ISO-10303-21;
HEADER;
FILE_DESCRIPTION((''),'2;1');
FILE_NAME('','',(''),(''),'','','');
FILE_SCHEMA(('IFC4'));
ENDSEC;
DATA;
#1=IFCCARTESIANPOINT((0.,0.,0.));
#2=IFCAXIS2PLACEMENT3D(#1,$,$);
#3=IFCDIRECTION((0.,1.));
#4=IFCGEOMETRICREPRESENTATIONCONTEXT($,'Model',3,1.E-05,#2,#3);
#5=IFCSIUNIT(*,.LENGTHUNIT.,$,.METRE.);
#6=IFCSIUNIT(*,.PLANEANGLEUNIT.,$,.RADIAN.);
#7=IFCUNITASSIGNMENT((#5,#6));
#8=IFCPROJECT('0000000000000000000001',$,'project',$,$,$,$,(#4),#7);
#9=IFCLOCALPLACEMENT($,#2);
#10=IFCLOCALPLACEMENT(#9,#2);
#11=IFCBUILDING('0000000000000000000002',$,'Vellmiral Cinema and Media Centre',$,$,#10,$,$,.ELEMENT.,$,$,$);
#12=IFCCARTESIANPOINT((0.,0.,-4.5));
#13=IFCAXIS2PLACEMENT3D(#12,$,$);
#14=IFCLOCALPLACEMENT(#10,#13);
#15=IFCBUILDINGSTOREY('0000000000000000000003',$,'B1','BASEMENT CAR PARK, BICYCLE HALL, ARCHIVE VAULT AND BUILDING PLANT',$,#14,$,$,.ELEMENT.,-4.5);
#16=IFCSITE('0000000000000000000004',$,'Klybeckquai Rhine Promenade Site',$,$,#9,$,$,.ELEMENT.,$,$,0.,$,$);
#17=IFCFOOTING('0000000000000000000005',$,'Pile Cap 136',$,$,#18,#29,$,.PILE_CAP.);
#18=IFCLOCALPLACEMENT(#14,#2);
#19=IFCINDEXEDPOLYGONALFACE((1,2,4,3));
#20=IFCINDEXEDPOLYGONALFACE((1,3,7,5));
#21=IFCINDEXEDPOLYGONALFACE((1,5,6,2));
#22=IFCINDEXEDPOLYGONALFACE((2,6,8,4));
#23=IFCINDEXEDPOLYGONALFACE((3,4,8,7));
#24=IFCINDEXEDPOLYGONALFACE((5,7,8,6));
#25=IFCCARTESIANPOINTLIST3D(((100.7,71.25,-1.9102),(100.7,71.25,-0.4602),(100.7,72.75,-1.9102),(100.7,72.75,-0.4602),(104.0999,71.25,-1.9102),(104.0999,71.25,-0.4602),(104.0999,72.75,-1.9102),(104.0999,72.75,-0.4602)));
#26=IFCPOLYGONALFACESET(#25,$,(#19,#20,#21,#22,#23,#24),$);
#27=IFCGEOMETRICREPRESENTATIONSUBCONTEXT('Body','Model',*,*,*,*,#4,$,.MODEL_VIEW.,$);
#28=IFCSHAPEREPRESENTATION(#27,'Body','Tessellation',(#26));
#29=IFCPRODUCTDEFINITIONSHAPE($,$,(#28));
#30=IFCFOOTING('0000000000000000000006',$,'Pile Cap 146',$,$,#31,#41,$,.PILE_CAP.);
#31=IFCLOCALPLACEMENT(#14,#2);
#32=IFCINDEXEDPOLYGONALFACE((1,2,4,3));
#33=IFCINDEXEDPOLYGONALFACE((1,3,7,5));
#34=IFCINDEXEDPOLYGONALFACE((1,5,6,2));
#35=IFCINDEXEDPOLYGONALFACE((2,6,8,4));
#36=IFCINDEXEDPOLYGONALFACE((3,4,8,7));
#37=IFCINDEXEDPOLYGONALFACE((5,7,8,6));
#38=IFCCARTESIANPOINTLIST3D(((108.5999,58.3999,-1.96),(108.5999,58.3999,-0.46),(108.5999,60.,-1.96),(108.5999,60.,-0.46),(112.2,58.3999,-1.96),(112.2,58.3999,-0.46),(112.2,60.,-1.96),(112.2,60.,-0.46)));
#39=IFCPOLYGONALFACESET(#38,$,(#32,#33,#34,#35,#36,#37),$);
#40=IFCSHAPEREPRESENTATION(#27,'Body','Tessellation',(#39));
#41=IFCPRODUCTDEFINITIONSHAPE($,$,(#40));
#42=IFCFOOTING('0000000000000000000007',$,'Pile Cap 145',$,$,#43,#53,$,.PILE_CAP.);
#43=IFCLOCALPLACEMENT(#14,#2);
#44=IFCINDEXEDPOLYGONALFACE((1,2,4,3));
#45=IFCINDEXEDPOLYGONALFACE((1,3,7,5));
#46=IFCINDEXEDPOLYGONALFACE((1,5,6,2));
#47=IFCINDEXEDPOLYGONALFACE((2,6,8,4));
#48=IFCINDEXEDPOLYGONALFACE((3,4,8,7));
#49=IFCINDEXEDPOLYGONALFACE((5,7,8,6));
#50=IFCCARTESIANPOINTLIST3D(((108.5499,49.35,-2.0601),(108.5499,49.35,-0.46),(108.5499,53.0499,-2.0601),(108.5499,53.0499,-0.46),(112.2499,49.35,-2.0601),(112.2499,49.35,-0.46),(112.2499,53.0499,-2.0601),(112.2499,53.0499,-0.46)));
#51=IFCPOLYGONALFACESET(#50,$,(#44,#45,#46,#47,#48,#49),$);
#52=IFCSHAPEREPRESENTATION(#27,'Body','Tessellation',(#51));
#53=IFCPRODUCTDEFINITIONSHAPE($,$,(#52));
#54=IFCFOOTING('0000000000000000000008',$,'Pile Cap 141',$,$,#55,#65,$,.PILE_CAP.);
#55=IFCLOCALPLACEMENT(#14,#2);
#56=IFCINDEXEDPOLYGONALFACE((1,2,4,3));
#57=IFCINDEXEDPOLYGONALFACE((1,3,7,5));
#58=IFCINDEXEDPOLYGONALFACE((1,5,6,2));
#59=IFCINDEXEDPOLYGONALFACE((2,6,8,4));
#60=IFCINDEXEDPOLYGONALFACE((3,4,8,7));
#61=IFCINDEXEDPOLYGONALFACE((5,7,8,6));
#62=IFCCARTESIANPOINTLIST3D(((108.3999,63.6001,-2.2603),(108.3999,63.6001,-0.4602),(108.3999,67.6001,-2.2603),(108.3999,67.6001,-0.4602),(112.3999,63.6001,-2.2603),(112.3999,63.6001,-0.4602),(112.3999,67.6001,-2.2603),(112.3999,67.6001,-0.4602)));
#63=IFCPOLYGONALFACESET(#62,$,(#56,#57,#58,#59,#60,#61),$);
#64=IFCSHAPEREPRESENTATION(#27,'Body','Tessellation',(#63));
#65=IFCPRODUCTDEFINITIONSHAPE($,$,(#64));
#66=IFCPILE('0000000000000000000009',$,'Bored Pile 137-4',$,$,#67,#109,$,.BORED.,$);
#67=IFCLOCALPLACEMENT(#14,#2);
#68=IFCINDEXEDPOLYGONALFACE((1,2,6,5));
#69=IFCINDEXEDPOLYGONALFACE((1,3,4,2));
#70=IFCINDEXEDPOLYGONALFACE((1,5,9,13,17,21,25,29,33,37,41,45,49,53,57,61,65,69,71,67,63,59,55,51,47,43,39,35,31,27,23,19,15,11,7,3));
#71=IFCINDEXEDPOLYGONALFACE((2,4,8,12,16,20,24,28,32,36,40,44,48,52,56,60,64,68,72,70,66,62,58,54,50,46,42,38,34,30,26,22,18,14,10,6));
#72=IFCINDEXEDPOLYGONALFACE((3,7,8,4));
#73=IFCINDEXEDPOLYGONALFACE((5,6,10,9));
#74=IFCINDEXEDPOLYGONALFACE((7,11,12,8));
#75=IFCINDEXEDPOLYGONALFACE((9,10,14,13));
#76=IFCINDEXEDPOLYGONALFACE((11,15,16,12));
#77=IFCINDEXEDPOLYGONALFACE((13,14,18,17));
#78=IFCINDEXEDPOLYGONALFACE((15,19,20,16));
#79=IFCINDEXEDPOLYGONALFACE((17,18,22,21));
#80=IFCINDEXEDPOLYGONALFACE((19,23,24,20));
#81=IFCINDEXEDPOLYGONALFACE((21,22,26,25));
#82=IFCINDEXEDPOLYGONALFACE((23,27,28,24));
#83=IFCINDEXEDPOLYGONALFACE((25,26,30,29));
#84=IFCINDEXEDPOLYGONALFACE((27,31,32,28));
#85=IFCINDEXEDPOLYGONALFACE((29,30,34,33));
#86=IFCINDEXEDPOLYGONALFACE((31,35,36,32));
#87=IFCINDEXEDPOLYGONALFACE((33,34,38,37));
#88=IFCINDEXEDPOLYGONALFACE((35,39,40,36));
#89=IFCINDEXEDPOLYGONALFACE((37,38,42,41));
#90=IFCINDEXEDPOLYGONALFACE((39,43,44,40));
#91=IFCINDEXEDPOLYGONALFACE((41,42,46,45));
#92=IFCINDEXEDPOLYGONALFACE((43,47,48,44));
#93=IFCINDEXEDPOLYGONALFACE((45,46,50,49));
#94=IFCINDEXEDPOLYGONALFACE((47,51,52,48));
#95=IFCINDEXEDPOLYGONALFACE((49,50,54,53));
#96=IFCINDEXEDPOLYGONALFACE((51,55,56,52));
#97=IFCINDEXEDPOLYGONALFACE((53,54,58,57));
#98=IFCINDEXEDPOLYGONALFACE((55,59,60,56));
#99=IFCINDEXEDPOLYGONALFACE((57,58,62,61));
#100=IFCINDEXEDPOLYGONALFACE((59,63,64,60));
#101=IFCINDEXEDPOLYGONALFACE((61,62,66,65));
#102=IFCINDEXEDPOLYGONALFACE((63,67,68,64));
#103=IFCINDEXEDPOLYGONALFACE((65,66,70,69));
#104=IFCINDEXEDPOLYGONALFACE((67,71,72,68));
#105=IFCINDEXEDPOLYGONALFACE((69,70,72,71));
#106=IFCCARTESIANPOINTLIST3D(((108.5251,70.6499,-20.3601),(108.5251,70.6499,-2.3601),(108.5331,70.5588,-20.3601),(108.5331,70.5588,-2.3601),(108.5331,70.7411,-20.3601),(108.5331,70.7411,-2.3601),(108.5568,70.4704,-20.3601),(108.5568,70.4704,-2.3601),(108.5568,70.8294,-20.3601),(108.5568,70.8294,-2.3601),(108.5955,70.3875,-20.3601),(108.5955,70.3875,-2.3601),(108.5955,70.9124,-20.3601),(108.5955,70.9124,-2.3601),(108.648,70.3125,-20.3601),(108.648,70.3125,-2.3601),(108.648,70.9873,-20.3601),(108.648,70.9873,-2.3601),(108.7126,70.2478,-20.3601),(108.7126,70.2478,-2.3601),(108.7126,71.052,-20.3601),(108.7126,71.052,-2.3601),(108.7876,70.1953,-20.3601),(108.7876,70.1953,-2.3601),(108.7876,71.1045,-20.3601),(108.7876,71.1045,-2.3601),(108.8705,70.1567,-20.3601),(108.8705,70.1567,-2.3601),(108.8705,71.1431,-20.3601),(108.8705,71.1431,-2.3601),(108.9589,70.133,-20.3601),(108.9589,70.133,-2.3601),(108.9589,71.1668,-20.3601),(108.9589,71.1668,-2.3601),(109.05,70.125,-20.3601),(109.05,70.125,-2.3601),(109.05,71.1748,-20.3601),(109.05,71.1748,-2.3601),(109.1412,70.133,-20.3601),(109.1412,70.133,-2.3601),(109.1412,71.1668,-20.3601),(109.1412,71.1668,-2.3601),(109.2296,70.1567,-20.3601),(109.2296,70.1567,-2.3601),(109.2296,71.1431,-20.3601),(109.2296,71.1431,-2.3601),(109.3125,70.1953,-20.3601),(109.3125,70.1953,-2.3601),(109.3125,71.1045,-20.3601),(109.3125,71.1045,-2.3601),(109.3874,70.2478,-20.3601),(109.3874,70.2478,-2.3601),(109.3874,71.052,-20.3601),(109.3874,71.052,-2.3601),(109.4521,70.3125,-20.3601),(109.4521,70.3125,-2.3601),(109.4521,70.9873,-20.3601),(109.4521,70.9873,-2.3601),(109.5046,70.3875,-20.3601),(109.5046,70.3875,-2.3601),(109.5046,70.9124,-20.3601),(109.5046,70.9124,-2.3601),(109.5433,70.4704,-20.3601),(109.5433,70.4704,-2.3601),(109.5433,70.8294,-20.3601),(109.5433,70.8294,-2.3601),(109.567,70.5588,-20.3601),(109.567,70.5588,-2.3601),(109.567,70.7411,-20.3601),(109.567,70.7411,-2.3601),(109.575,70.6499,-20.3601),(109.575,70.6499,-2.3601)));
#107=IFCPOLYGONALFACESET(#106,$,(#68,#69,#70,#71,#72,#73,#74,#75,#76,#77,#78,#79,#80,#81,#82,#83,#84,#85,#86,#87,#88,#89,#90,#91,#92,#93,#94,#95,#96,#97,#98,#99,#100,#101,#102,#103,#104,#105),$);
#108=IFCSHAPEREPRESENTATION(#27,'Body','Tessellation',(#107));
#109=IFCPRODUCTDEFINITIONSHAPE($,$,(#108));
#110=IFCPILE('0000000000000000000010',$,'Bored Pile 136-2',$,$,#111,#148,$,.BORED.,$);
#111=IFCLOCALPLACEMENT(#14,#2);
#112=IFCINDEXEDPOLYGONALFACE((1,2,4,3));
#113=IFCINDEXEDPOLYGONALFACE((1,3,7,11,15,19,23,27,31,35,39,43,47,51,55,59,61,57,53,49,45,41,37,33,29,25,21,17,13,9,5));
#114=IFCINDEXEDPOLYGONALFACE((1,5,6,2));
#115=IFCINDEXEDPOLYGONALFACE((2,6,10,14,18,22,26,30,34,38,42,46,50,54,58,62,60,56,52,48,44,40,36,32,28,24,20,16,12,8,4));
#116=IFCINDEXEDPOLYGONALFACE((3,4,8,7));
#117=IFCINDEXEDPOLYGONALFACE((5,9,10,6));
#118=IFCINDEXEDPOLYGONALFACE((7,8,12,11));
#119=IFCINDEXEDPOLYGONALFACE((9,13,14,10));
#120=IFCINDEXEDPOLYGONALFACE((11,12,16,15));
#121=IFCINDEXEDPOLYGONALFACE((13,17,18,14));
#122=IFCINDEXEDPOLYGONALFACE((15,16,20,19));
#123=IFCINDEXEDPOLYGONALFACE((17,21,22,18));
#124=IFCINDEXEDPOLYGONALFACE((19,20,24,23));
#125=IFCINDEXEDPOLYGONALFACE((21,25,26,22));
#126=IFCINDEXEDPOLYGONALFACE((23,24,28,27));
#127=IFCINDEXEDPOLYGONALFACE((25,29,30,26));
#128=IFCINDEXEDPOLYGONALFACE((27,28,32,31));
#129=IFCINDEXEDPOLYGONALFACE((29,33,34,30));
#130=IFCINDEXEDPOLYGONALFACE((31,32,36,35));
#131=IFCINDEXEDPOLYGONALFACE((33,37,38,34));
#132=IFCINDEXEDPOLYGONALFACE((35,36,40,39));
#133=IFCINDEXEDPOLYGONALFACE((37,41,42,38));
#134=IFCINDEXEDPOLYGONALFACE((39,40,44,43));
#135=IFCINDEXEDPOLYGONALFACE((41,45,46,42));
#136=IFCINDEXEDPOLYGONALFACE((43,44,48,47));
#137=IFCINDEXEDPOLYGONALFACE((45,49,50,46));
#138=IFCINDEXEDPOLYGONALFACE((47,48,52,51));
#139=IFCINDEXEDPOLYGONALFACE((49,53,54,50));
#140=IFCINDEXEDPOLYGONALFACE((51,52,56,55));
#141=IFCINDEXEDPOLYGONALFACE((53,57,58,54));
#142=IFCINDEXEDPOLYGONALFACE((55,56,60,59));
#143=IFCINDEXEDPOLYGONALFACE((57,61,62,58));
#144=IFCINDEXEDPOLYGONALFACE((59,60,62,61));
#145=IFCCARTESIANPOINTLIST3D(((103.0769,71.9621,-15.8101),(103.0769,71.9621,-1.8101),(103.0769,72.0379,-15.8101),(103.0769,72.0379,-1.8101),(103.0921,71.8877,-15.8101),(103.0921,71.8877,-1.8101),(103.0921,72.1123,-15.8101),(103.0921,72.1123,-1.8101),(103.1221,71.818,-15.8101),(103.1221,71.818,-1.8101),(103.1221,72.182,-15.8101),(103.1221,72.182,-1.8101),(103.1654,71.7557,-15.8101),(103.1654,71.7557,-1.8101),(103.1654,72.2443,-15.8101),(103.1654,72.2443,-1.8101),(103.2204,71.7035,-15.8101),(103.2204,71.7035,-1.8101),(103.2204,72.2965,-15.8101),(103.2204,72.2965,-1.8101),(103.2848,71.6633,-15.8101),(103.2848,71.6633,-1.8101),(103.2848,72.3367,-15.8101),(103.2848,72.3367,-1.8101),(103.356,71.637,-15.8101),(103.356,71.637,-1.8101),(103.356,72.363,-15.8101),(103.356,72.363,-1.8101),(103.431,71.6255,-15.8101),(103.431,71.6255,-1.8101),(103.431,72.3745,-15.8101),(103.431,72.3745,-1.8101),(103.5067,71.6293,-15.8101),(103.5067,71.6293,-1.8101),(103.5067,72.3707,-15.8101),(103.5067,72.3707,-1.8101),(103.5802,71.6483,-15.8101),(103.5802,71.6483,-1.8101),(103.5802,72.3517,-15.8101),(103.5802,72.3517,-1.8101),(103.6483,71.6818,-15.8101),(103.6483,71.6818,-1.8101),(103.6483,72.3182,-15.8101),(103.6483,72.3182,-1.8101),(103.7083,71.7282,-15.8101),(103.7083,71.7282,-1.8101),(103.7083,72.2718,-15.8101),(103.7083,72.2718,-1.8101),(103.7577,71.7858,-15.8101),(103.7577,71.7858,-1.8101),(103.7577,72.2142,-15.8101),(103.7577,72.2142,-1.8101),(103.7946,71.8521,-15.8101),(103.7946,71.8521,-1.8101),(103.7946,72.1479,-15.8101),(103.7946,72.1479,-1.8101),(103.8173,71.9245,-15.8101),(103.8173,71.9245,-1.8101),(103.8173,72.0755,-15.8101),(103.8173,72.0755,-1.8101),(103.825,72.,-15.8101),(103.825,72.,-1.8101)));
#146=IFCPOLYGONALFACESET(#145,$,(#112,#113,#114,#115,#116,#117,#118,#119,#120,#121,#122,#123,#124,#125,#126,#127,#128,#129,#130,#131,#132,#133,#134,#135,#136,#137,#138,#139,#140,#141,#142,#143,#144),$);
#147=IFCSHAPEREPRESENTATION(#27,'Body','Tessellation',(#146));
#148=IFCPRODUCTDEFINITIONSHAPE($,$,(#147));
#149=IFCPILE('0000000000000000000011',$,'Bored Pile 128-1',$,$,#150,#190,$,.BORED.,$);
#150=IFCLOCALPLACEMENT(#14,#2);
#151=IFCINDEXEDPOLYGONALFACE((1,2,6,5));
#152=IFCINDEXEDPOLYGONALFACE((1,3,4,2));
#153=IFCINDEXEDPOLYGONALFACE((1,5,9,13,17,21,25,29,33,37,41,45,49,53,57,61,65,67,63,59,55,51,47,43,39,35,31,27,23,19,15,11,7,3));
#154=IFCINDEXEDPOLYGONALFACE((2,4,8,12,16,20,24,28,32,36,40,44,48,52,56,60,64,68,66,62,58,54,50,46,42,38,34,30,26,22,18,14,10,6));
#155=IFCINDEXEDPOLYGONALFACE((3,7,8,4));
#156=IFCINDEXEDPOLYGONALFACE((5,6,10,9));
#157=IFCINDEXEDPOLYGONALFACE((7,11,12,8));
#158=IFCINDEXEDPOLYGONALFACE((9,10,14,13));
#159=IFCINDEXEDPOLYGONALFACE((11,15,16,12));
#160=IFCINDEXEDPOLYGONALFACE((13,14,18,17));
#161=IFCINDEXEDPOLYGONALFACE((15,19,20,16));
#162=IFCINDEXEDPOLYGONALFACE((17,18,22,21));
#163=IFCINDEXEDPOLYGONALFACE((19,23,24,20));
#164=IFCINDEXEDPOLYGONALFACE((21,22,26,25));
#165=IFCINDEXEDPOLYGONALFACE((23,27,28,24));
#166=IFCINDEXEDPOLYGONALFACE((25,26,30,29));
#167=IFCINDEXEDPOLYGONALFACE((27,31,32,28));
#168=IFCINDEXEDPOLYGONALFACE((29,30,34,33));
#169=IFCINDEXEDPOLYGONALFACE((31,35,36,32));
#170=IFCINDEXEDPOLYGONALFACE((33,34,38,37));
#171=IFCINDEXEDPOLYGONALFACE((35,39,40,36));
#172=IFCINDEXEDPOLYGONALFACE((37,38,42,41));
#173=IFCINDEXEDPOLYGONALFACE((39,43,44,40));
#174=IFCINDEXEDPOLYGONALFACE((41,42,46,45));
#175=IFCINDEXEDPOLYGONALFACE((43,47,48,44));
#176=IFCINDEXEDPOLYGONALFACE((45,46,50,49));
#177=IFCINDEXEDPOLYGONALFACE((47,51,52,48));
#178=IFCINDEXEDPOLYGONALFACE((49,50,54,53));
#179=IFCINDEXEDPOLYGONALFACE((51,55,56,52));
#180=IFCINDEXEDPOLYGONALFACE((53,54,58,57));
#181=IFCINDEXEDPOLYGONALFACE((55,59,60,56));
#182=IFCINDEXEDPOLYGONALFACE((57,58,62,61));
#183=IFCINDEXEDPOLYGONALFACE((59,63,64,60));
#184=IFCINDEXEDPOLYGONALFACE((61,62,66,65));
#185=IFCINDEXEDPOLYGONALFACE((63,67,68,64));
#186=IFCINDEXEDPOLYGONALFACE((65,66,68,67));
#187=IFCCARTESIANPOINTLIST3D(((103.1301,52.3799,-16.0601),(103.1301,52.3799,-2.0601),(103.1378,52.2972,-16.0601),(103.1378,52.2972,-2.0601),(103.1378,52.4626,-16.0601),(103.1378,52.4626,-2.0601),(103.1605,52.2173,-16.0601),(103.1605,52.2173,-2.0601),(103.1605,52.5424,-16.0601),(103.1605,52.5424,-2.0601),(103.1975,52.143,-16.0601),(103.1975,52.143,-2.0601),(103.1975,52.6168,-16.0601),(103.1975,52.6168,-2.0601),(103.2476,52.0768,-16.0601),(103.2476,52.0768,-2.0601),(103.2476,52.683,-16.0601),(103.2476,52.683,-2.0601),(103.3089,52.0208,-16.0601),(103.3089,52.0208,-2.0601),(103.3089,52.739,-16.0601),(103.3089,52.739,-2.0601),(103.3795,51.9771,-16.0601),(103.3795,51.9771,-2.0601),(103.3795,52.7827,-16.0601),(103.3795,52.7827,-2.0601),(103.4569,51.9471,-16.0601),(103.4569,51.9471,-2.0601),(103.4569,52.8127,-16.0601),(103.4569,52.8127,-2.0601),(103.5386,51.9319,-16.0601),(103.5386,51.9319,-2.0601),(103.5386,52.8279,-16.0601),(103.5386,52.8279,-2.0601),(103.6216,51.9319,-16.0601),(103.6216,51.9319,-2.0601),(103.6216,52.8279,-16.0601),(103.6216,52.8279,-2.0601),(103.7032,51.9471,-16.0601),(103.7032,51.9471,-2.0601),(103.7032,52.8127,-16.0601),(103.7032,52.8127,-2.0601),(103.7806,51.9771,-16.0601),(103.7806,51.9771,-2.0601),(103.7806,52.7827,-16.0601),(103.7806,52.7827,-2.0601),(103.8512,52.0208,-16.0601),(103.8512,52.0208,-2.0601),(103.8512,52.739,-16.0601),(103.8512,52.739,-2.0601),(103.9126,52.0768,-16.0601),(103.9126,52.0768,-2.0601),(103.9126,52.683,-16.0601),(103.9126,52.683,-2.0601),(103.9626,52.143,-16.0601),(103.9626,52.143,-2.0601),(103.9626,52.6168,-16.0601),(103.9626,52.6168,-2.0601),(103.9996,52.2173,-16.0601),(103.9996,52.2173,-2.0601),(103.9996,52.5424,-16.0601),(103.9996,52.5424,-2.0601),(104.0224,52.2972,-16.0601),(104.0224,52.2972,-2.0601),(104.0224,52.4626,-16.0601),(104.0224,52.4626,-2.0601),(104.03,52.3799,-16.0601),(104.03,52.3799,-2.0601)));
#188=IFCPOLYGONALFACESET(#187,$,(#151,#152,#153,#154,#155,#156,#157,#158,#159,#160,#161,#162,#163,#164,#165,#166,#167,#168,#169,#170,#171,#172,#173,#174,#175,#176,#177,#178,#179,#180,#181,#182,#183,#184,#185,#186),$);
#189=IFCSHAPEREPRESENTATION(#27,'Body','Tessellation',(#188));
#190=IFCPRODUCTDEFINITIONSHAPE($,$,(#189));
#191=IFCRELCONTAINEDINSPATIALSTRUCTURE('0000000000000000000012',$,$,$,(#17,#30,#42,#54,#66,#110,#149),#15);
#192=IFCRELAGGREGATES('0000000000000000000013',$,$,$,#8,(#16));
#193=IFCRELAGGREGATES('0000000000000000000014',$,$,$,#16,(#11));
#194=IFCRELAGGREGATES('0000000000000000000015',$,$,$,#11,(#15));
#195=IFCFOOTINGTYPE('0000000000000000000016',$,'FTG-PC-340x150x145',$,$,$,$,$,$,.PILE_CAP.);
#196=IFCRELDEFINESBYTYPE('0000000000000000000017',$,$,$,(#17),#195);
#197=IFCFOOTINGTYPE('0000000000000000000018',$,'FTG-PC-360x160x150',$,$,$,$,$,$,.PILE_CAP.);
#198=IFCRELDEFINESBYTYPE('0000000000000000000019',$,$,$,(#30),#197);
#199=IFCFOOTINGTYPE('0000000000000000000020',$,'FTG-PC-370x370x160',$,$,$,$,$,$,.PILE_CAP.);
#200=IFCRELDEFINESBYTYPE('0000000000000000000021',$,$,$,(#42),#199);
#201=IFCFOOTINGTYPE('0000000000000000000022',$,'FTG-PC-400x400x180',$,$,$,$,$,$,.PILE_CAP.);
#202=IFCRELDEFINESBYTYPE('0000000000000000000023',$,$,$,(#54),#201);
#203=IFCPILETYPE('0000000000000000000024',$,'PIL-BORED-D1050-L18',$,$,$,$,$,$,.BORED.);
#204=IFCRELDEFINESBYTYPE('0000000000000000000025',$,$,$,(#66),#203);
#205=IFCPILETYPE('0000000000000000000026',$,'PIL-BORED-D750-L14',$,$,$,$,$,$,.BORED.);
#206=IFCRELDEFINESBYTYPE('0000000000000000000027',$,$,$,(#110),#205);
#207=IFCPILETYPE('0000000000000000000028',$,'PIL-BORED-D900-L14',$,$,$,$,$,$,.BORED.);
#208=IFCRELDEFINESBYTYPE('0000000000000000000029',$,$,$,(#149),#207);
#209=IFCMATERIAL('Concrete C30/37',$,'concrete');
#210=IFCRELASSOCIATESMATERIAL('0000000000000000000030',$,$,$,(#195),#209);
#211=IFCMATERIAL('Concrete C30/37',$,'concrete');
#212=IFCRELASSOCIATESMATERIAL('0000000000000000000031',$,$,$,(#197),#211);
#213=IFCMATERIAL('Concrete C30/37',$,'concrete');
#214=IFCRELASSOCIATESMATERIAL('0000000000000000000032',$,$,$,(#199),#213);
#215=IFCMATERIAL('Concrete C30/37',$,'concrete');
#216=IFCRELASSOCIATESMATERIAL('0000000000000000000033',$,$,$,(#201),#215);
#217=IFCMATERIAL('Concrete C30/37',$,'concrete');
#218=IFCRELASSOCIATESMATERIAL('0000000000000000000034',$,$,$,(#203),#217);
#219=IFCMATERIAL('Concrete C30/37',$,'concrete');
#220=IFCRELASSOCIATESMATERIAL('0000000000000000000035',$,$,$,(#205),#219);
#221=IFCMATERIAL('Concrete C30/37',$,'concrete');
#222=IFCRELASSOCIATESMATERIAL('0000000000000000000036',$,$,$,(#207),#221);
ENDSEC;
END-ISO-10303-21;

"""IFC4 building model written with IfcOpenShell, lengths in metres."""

from ifc_helpers import new_model, si_unit, direction, frame, origin, origin_2d, place, context, subcontext, project, spatial, rectangle, circle, extrude, material, material_profile, profile_set, type_object, element, save


model = new_model("IFC4")

# Units and contexts
model_context = context("Model", 3, precision=1e-05, world=origin(), true_north=direction((0.0, 1.0)))
body_context = subcontext(model_context, "Body", "Model", "MODEL_VIEW")
ifc_project = project(units=[si_unit("LENGTHUNIT", "METRE"), si_unit("PLANEANGLEUNIT", "RADIAN")], contexts=[model_context])

# Site, building, storey
site_placement = place(None, origin())
site = spatial("IfcSite", under=ifc_project, at=site_placement, Name="Klybeckquai Rhine Promenade Site", CompositionType="ELEMENT", RefElevation=0.0)
building_placement = place(site_placement, origin())
building = spatial("IfcBuilding", under=site, at=building_placement, Name="Vellmiral Cinema and Media Centre", CompositionType="ELEMENT")
storey_placement = place(building_placement, frame((0.0, 0.0, -4.5)))
storey = spatial("IfcBuildingStorey", under=building, at=storey_placement, Name="B1", Description="BASEMENT CAR PARK, BICYCLE HALL, ARCHIVE VAULT AND BUILDING PLANT", CompositionType="ELEMENT", Elevation=-4.5)

# Footings
ifc_material_1 = material(Name="Concrete C30/37", Category="concrete")
footing_type_1 = type_object("IfcFootingType", Name="FTG-PC-340x150x145", PredefinedType="PILE_CAP", material=ifc_material_1)
footing_1_placement = place(storey_placement, frame((102.3999, 72.0, -1.9102), z_axis=(0.0, 0.0, 1.0), x_axis=(1.0, 0.0, 0.0)))
element("IfcFooting", 1, at=footing_1_placement, inside=storey, type_object=footing_type_1, Name="Pile Cap 136", PredefinedType="PILE_CAP", context=body_context, shape_type="SweptSolid", body=[
    extrude(rectangle(XDim=3.3999, YDim=1.5, at=origin_2d()), origin(), (0.0, 0.0, 1.0), 1.45),
])
ifc_material_2 = material(Name="Concrete C30/37", Category="concrete")
footing_type_2 = type_object("IfcFootingType", Name="FTG-PC-360x160x150", PredefinedType="PILE_CAP", material=ifc_material_2)
footing_2_placement = place(storey_placement, frame((110.3999, 59.2, -1.96), z_axis=(0.0, 0.0, 1.0), x_axis=(1.0, 0.0, 0.0)))
element("IfcFooting", 2, at=footing_2_placement, inside=storey, type_object=footing_type_2, Name="Pile Cap 146", PredefinedType="PILE_CAP", context=body_context, shape_type="SweptSolid", body=[
    extrude(rectangle(XDim=3.6001, YDim=1.6001, at=origin_2d()), origin(), (0.0, 0.0, 1.0), 1.5),
])
ifc_material_3 = material(Name="Concrete C30/37", Category="concrete")
footing_type_3 = type_object("IfcFootingType", Name="FTG-PC-370x370x160", PredefinedType="PILE_CAP", material=ifc_material_3)
footing_3_placement = place(storey_placement, frame((110.3999, 51.2, -2.0601), z_axis=(0.0, 0.0, 1.0), x_axis=(1.0, 0.0, 0.0)))
element("IfcFooting", 3, at=footing_3_placement, inside=storey, type_object=footing_type_3, Name="Pile Cap 145", PredefinedType="PILE_CAP", context=body_context, shape_type="SweptSolid", body=[
    extrude(rectangle(XDim=3.7, YDim=3.7, at=origin_2d()), origin(), (0.0, 0.0, 1.0), 1.6001),
])
ifc_material_4 = material(Name="Concrete C30/37", Category="concrete")
footing_type_4 = type_object("IfcFootingType", Name="FTG-PC-400x400x180", PredefinedType="PILE_CAP", material=ifc_material_4)
footing_4_placement = place(storey_placement, frame((110.3999, 65.6001, -2.2603), z_axis=(0.0, 0.0, 1.0), x_axis=(1.0, 0.0, 0.0)))
element("IfcFooting", 4, at=footing_4_placement, inside=storey, type_object=footing_type_4, Name="Pile Cap 141", PredefinedType="PILE_CAP", context=body_context, shape_type="SweptSolid", body=[
    extrude(rectangle(XDim=4.0, YDim=4.0, at=origin_2d()), origin(), (0.0, 0.0, 1.0), 1.8),
])

# Piles
ifc_material_5 = material(Name="Concrete C30/37", Category="concrete")
ifc_material_profile_1 = material_profile(ifc_material_5, circle(Radius=0.5249, at=origin_2d()), Name="PILE D1050")
ifc_profile_set_1 = profile_set([ifc_material_profile_1], Name="Concrete C30/37")
pile_type_1 = type_object("IfcPileType", Name="PIL-BORED-D1050-L18", PredefinedType="BORED", material=ifc_profile_set_1)
pile_1_placement = place(storey_placement, frame((109.05, 70.6499, -2.3601), z_axis=(0.0, 0.0, -1.0), x_axis=(1.0, 0.0, 0.0)))
element("IfcPile", 5, at=pile_1_placement, inside=storey, type_object=pile_type_1, Name="Bored Pile 137-4", PredefinedType="BORED", context=body_context, shape_type="SweptSolid", body=[
    extrude(circle(Radius=0.5249, at=origin_2d()), origin(), (0.0, 0.0, 1.0), 18.0),
])
ifc_material_6 = material(Name="Concrete C30/37", Category="concrete")
ifc_material_profile_2 = material_profile(ifc_material_6, circle(Radius=0.375, at=origin_2d()), Name="PILE D750")
ifc_profile_set_2 = profile_set([ifc_material_profile_2], Name="Concrete C30/37")
pile_type_2 = type_object("IfcPileType", Name="PIL-BORED-D750-L14", PredefinedType="BORED", material=ifc_profile_set_2)
pile_2_placement = place(storey_placement, frame((103.45, 72.0, -1.8101), z_axis=(0.0, 0.0, -1.0), x_axis=(1.0, 0.0, 0.0)))
element("IfcPile", 6, at=pile_2_placement, inside=storey, type_object=pile_type_2, Name="Bored Pile 136-2", PredefinedType="BORED", context=body_context, shape_type="SweptSolid", body=[
    extrude(circle(Radius=0.375, at=origin_2d()), origin(), (0.0, 0.0, 1.0), 14.0),
])
ifc_material_7 = material(Name="Concrete C30/37", Category="concrete")
ifc_material_profile_3 = material_profile(ifc_material_7, circle(Radius=0.45, at=origin_2d()), Name="PILE D900")
ifc_profile_set_3 = profile_set([ifc_material_profile_3], Name="Concrete C30/37")
pile_type_3 = type_object("IfcPileType", Name="PIL-BORED-D900-L14", PredefinedType="BORED", material=ifc_profile_set_3)
for number, where, z_axis, x_axis, name in (
    (7, (103.5801, 52.3799, -2.0601), (0.0, 0.0, -1.0), (1.0, 0.0, 0.0), "Bored Pile 128-1"),
):
    element("IfcPile", number, at=place(storey_placement, frame(where, z_axis=z_axis, x_axis=x_axis)), inside=storey, type_object=pile_type_3, Name=name, PredefinedType="BORED", context=body_context, shape_type="SweptSolid", body=[
        extrude(circle(Radius=0.45, at=origin_2d()), origin(), (0.0, 0.0, 1.0), 14.0),
    ])

save(model, "model.ifc")
